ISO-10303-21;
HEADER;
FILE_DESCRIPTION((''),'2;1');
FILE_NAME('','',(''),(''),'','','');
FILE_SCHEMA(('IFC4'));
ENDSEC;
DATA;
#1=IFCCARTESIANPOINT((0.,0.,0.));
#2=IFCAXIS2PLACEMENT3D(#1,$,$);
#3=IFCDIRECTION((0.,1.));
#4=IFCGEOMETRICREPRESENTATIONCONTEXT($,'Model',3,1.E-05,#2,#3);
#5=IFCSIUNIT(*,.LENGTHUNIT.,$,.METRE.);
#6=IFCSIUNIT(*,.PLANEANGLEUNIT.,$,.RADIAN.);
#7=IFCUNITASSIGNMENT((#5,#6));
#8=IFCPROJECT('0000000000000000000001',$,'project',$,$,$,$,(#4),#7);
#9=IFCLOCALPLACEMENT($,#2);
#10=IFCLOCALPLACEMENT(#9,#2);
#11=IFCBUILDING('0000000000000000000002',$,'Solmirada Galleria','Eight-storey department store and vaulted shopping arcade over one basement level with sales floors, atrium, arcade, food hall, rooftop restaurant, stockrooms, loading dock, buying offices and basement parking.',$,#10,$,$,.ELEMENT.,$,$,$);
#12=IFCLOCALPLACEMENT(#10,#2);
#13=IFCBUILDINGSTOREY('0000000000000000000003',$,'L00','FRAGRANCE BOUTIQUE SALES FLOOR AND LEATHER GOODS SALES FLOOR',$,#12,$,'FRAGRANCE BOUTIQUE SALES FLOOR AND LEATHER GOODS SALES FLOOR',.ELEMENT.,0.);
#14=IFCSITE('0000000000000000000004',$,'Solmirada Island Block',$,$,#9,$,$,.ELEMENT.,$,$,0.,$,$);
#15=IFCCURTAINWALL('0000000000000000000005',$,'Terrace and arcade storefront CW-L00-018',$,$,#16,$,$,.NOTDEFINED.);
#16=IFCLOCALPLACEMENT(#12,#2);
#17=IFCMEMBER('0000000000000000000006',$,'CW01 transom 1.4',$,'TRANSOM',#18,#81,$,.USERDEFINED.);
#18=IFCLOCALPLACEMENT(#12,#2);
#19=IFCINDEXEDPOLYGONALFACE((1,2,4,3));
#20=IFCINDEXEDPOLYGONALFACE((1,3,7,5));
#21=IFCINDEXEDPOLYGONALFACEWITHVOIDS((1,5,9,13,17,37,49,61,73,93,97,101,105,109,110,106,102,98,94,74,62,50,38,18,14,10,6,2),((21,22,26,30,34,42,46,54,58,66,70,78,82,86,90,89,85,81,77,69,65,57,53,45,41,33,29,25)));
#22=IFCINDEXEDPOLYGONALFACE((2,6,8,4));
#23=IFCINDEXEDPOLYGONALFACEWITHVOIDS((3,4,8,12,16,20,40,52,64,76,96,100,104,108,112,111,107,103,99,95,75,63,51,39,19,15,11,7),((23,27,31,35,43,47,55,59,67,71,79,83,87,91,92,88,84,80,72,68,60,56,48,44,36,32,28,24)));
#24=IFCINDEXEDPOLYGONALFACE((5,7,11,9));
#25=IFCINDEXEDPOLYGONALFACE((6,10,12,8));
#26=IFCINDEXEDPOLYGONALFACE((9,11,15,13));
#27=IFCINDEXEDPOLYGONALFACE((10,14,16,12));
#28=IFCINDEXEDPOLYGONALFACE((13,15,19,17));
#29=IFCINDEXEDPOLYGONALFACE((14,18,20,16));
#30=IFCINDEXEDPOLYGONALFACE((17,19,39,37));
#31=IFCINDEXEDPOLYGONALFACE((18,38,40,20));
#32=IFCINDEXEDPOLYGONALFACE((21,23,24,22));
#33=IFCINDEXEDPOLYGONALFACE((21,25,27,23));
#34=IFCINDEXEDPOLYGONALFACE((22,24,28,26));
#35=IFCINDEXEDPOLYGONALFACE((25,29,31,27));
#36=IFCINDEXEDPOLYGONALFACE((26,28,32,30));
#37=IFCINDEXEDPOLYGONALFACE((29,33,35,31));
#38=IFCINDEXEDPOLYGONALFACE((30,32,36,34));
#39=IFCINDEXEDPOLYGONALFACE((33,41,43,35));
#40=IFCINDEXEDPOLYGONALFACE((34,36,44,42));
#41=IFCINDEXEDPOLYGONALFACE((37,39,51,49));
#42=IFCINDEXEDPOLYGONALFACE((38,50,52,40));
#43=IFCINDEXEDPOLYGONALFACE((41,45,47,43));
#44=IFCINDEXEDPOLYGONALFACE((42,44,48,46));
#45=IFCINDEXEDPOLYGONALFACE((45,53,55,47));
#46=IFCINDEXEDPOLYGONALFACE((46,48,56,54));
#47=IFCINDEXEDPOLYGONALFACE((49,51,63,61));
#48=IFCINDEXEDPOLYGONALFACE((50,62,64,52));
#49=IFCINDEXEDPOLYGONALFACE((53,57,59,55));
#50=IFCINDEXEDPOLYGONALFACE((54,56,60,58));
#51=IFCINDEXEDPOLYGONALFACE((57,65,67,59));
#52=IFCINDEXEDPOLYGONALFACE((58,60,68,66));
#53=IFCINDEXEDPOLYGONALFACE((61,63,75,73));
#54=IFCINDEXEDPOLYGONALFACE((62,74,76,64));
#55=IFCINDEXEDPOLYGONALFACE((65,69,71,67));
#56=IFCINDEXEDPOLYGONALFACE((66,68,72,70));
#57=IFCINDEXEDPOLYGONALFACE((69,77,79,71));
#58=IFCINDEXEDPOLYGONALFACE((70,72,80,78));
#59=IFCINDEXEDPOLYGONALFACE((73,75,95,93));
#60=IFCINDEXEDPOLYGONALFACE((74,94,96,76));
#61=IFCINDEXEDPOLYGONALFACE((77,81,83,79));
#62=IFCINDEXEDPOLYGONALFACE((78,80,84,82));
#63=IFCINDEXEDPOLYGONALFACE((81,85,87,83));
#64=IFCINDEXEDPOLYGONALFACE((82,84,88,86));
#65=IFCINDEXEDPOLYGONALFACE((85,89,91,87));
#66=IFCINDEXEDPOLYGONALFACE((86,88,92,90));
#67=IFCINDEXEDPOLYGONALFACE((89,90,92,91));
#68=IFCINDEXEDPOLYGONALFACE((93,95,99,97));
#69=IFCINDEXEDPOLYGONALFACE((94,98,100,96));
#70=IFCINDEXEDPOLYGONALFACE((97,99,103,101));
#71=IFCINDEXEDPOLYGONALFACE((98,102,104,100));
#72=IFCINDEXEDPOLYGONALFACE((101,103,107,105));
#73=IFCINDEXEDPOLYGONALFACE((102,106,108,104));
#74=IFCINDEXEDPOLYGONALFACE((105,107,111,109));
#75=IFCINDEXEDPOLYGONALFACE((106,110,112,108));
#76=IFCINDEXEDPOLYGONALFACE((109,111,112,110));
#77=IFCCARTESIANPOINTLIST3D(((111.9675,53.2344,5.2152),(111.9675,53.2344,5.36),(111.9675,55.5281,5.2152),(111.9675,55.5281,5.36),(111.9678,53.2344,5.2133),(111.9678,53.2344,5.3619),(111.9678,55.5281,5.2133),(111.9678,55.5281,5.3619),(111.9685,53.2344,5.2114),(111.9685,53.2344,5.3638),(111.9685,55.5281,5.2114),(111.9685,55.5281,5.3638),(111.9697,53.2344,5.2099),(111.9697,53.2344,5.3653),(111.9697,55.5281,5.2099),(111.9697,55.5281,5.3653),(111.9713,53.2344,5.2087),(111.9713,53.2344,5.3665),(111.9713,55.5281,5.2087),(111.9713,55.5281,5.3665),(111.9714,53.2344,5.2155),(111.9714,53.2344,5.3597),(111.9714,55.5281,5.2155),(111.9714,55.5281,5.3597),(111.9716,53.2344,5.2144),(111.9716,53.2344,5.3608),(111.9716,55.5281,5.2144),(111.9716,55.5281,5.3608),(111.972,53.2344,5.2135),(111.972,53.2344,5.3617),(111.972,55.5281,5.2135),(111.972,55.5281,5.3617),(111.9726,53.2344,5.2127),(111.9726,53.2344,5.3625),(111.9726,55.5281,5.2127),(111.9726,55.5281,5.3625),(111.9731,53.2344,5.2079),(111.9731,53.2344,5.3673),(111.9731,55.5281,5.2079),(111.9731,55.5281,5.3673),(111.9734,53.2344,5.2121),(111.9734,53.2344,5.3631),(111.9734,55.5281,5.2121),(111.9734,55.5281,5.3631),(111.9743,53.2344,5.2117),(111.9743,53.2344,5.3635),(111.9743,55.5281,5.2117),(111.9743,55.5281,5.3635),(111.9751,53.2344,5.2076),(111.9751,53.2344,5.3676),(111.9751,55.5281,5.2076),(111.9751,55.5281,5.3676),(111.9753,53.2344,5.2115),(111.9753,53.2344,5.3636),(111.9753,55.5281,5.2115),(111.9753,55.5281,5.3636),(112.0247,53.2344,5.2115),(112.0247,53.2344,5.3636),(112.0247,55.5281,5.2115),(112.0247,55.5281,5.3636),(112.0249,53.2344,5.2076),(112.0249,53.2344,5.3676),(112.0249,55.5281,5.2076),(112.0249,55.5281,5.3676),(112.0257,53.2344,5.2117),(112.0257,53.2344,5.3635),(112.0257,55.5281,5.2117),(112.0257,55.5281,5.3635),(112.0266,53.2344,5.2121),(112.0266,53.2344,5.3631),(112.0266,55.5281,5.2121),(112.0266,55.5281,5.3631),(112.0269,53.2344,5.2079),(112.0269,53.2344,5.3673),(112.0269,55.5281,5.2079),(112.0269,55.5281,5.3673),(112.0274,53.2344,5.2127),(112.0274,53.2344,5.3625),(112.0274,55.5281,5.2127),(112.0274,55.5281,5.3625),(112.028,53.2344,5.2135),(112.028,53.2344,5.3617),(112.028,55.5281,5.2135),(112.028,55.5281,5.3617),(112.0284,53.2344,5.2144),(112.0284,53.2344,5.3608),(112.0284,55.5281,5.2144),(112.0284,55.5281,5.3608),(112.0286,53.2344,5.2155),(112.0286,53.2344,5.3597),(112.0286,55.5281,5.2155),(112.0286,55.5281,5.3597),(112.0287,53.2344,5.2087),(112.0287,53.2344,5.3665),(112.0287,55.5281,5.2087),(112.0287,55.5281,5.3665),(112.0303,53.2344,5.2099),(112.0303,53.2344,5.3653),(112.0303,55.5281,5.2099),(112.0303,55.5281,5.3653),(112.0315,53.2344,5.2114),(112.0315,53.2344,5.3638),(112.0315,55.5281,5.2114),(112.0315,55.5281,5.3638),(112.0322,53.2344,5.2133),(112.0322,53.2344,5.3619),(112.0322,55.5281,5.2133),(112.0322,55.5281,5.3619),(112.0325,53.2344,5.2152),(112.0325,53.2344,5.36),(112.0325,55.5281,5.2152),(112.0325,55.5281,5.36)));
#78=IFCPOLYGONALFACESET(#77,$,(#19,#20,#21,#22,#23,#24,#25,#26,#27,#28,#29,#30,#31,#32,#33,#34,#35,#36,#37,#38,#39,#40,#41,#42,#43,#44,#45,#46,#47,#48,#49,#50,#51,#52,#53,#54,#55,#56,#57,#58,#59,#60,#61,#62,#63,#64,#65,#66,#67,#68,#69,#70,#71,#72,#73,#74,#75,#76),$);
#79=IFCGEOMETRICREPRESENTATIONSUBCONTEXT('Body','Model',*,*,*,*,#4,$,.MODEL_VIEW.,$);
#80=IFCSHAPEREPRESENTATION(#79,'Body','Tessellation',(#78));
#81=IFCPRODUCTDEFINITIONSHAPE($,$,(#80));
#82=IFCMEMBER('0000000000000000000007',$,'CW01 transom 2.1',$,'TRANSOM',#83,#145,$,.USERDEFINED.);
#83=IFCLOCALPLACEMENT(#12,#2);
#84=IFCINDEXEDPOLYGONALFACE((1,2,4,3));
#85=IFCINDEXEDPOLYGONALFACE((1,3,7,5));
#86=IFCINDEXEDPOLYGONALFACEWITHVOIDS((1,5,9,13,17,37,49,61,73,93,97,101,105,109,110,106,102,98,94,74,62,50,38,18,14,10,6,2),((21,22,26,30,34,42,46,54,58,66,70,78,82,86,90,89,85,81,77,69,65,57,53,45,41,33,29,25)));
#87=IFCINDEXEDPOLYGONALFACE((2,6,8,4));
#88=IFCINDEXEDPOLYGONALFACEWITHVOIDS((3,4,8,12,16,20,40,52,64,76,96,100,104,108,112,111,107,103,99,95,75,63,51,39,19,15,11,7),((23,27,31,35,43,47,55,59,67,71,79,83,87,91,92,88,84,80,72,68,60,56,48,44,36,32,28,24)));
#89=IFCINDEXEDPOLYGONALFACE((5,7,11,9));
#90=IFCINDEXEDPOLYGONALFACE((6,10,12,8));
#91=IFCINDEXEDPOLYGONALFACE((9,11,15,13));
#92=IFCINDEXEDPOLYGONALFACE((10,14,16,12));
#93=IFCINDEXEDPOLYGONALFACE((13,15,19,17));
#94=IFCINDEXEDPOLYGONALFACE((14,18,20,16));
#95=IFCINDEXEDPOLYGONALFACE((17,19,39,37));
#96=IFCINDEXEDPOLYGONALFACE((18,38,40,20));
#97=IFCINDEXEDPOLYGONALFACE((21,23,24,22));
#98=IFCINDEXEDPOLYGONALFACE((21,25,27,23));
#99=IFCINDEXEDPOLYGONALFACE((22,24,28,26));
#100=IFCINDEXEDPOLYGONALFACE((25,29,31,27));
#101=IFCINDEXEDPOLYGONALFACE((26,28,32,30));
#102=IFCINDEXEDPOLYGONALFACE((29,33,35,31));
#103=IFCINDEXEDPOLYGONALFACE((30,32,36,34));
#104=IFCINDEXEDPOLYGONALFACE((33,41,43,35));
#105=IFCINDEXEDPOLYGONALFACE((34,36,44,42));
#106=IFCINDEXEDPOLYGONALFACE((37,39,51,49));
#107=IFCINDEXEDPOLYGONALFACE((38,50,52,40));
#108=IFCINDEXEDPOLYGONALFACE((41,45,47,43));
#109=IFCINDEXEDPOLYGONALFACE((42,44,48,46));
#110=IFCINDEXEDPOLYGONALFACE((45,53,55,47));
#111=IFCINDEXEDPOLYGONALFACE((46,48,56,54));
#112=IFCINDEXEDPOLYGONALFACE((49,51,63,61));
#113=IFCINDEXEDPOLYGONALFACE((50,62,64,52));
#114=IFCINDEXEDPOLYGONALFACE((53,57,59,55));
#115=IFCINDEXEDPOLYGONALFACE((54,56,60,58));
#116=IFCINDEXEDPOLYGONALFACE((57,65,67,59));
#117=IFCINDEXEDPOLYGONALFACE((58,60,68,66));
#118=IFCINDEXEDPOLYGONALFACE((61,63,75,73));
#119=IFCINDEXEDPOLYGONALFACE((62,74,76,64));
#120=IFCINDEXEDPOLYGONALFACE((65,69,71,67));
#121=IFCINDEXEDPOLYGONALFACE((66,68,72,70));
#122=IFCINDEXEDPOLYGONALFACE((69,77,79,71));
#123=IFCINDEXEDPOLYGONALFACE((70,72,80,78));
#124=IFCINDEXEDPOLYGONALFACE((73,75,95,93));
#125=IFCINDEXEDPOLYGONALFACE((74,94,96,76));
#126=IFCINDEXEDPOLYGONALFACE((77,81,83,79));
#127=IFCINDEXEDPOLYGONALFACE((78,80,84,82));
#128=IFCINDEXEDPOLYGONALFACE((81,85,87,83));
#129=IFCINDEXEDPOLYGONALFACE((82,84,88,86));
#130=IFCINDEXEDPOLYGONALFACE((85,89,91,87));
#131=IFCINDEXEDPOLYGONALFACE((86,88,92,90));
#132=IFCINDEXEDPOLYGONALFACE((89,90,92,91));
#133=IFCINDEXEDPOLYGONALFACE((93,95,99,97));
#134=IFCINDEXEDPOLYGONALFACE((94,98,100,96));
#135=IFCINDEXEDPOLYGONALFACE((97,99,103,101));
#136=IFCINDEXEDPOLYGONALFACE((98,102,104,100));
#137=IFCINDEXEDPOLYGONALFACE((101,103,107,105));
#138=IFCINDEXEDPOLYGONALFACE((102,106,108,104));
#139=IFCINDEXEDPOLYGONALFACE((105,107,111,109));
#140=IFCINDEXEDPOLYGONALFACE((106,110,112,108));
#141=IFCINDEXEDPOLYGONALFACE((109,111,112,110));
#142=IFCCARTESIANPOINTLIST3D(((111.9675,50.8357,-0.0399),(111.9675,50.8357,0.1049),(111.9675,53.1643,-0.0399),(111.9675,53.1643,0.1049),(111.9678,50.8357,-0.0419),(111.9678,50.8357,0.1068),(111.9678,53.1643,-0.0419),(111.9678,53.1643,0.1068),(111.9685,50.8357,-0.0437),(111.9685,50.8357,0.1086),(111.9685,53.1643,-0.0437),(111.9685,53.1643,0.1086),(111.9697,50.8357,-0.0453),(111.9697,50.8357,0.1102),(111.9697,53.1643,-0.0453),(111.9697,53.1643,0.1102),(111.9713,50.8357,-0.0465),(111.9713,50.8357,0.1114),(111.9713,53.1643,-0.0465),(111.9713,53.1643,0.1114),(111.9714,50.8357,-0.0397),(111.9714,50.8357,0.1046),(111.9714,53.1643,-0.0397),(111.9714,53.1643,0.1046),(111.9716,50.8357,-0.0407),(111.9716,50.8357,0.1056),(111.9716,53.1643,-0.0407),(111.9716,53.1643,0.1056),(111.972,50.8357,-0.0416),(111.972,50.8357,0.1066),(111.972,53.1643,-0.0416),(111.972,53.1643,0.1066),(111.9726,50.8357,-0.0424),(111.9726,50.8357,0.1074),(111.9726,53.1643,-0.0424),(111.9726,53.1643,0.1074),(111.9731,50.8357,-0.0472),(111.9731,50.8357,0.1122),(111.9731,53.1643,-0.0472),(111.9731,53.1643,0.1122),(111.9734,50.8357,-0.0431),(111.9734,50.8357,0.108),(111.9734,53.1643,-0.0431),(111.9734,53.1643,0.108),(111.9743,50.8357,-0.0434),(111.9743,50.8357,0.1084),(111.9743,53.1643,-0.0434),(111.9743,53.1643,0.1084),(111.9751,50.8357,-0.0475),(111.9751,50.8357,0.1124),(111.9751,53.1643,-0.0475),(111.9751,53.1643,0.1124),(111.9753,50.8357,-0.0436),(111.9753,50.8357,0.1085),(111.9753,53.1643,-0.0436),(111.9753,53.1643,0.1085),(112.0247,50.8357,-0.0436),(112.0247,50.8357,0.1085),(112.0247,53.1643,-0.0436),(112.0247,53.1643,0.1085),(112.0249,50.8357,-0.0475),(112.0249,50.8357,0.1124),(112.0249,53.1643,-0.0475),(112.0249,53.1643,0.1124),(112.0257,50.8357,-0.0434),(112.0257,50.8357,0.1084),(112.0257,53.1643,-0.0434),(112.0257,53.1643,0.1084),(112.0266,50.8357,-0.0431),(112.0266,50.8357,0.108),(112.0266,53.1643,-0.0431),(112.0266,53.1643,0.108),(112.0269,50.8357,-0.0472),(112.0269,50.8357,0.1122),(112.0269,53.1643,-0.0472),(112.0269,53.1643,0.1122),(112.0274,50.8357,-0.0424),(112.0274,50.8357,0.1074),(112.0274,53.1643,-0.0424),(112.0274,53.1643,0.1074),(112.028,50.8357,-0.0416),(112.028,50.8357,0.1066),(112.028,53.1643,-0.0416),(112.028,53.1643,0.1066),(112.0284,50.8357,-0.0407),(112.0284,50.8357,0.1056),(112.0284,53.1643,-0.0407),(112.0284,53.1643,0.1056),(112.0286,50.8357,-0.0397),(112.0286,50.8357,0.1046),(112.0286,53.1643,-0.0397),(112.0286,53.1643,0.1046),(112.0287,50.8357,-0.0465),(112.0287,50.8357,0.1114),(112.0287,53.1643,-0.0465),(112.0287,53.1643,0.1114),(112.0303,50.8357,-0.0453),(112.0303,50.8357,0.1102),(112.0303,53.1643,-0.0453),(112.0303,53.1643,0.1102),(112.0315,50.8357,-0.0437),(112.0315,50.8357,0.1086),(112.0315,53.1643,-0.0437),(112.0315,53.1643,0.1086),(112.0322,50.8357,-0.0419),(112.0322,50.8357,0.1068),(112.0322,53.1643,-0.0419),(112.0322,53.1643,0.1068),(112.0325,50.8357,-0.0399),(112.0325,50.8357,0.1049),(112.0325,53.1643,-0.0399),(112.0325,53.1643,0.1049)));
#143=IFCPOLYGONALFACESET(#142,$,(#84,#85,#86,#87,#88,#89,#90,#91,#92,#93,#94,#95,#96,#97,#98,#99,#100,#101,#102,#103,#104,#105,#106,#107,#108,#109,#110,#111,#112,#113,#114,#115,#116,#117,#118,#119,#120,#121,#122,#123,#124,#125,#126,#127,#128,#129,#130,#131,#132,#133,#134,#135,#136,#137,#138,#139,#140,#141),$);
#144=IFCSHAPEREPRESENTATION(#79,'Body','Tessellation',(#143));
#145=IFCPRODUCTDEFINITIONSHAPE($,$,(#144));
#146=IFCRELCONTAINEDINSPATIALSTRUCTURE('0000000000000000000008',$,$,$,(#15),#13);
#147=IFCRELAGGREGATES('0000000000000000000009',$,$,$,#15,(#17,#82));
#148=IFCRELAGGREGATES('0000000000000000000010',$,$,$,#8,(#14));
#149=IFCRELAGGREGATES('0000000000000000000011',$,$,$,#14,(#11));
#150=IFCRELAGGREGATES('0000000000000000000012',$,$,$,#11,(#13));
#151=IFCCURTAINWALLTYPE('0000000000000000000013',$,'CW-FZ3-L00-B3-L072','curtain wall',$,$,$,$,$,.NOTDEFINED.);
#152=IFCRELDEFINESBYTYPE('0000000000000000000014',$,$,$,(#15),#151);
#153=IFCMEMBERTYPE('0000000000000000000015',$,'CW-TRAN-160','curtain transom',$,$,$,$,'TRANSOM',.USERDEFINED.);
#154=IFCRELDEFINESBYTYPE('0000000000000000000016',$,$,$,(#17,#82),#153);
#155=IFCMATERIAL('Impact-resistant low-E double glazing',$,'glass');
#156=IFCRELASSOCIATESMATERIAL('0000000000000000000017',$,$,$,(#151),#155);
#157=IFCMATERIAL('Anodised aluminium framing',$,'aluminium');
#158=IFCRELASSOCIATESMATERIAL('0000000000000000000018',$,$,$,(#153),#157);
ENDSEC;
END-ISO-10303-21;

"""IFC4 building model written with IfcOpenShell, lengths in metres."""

from ifc_helpers import new_model, si_unit, direction, frame, origin, origin_2d, place, context, subcontext, project, spatial, hollow_rectangle, extrude, material, material_profile, profile_set, type_object, element, aggregate, save


model = new_model("IFC4")

# Units and contexts
model_context = context("Model", 3, precision=1e-05, world=origin(), true_north=direction((0.0, 1.0)))
body_context = subcontext(model_context, "Body", "Model", "MODEL_VIEW")
ifc_project = project(units=[si_unit("LENGTHUNIT", "METRE"), si_unit("PLANEANGLEUNIT", "RADIAN")], contexts=[model_context])

# Site, building, storey
site_placement = place(None, origin())
site = spatial("IfcSite", under=ifc_project, at=site_placement, Name="Solmirada Island Block", CompositionType="ELEMENT", RefElevation=0.0)
building_placement = place(site_placement, origin())
building = spatial("IfcBuilding", under=site, at=building_placement, Name="Solmirada Galleria", Description="Eight-storey department store and vaulted shopping arcade over one basement level with sales floors, atrium, arcade, food hall, rooftop restaurant, stockrooms, loading dock, buying offices and basement parking.", CompositionType="ELEMENT")
storey_placement = place(building_placement, origin())
storey = spatial("IfcBuildingStorey", under=building, at=storey_placement, Name="L00", Description="FRAGRANCE BOUTIQUE SALES FLOOR AND LEATHER GOODS SALES FLOOR", LongName="FRAGRANCE BOUTIQUE SALES FLOOR AND LEATHER GOODS SALES FLOOR", CompositionType="ELEMENT", Elevation=0.0)

# Shared definitions
ifc_material_1 = material(Name="Impact-resistant low-E double glazing", Category="glass")
curtain_wall_type = type_object("IfcCurtainWallType", Name="CW-FZ3-L00-B3-L072", Description="curtain wall", PredefinedType="NOTDEFINED", material=ifc_material_1)
ifc_material_2 = material(Name="Anodised aluminium framing", Category="aluminium")

# Curtain wall, members
curtain_wall_1_placement = place(storey_placement, origin())
curtain_wall_1 = element("IfcCurtainWall", 1, at=curtain_wall_1_placement, inside=storey, type_object=curtain_wall_type, Name="Terrace and arcade storefront CW-L00-018", PredefinedType="NOTDEFINED")
ifc_material_profile_1 = material_profile(ifc_material_2, hollow_rectangle(XDim=0.0649, YDim=0.1599, WallThickness=0.0039, InnerFilletRadius=0.0039, OuterFilletRadius=0.0076, at=origin_2d()), Name="ALU-TRAN-160X65")
ifc_profile_set_1 = profile_set([ifc_material_profile_1], Name="Anodised aluminium framing")
member_type_1 = type_object("IfcMemberType", Name="CW-TRAN-160", Description="curtain transom", ElementType="TRANSOM", PredefinedType="USERDEFINED", material=ifc_profile_set_1)
member_1_placement = place(storey_placement, frame((112.0, 55.5281, 5.2876), z_axis=(0.0, -1.0, 0.0), x_axis=(1.0, 0.0, 0.0)))
member_1 = element("IfcMember", 2, at=member_1_placement, type_object=member_type_1, Name="CW01 transom 1.4", ObjectType="TRANSOM", PredefinedType="USERDEFINED", context=body_context, shape_type="SweptSolid", body=[
    extrude(hollow_rectangle(XDim=0.0649, YDim=0.1599, WallThickness=0.0039, InnerFilletRadius=0.0039, OuterFilletRadius=0.0076, at=origin_2d()), origin(), (0.0, 0.0, 1.0), 2.2937),
])
member_2_placement = place(storey_placement, frame((112.0, 53.1643, 0.0325), z_axis=(0.0, -1.0, 0.0), x_axis=(1.0, 0.0, 0.0)))
member_2 = element("IfcMember", 3, at=member_2_placement, type_object=member_type_1, Name="CW01 transom 2.1", ObjectType="TRANSOM", PredefinedType="USERDEFINED", context=body_context, shape_type="SweptSolid", body=[
    extrude(hollow_rectangle(XDim=0.0649, YDim=0.1599, WallThickness=0.0039, InnerFilletRadius=0.0039, OuterFilletRadius=0.0076, at=origin_2d()), origin(), (0.0, 0.0, 1.0), 2.3286),
])

aggregate(curtain_wall_1, [member_1, member_2])

save(model, "model.ifc")
